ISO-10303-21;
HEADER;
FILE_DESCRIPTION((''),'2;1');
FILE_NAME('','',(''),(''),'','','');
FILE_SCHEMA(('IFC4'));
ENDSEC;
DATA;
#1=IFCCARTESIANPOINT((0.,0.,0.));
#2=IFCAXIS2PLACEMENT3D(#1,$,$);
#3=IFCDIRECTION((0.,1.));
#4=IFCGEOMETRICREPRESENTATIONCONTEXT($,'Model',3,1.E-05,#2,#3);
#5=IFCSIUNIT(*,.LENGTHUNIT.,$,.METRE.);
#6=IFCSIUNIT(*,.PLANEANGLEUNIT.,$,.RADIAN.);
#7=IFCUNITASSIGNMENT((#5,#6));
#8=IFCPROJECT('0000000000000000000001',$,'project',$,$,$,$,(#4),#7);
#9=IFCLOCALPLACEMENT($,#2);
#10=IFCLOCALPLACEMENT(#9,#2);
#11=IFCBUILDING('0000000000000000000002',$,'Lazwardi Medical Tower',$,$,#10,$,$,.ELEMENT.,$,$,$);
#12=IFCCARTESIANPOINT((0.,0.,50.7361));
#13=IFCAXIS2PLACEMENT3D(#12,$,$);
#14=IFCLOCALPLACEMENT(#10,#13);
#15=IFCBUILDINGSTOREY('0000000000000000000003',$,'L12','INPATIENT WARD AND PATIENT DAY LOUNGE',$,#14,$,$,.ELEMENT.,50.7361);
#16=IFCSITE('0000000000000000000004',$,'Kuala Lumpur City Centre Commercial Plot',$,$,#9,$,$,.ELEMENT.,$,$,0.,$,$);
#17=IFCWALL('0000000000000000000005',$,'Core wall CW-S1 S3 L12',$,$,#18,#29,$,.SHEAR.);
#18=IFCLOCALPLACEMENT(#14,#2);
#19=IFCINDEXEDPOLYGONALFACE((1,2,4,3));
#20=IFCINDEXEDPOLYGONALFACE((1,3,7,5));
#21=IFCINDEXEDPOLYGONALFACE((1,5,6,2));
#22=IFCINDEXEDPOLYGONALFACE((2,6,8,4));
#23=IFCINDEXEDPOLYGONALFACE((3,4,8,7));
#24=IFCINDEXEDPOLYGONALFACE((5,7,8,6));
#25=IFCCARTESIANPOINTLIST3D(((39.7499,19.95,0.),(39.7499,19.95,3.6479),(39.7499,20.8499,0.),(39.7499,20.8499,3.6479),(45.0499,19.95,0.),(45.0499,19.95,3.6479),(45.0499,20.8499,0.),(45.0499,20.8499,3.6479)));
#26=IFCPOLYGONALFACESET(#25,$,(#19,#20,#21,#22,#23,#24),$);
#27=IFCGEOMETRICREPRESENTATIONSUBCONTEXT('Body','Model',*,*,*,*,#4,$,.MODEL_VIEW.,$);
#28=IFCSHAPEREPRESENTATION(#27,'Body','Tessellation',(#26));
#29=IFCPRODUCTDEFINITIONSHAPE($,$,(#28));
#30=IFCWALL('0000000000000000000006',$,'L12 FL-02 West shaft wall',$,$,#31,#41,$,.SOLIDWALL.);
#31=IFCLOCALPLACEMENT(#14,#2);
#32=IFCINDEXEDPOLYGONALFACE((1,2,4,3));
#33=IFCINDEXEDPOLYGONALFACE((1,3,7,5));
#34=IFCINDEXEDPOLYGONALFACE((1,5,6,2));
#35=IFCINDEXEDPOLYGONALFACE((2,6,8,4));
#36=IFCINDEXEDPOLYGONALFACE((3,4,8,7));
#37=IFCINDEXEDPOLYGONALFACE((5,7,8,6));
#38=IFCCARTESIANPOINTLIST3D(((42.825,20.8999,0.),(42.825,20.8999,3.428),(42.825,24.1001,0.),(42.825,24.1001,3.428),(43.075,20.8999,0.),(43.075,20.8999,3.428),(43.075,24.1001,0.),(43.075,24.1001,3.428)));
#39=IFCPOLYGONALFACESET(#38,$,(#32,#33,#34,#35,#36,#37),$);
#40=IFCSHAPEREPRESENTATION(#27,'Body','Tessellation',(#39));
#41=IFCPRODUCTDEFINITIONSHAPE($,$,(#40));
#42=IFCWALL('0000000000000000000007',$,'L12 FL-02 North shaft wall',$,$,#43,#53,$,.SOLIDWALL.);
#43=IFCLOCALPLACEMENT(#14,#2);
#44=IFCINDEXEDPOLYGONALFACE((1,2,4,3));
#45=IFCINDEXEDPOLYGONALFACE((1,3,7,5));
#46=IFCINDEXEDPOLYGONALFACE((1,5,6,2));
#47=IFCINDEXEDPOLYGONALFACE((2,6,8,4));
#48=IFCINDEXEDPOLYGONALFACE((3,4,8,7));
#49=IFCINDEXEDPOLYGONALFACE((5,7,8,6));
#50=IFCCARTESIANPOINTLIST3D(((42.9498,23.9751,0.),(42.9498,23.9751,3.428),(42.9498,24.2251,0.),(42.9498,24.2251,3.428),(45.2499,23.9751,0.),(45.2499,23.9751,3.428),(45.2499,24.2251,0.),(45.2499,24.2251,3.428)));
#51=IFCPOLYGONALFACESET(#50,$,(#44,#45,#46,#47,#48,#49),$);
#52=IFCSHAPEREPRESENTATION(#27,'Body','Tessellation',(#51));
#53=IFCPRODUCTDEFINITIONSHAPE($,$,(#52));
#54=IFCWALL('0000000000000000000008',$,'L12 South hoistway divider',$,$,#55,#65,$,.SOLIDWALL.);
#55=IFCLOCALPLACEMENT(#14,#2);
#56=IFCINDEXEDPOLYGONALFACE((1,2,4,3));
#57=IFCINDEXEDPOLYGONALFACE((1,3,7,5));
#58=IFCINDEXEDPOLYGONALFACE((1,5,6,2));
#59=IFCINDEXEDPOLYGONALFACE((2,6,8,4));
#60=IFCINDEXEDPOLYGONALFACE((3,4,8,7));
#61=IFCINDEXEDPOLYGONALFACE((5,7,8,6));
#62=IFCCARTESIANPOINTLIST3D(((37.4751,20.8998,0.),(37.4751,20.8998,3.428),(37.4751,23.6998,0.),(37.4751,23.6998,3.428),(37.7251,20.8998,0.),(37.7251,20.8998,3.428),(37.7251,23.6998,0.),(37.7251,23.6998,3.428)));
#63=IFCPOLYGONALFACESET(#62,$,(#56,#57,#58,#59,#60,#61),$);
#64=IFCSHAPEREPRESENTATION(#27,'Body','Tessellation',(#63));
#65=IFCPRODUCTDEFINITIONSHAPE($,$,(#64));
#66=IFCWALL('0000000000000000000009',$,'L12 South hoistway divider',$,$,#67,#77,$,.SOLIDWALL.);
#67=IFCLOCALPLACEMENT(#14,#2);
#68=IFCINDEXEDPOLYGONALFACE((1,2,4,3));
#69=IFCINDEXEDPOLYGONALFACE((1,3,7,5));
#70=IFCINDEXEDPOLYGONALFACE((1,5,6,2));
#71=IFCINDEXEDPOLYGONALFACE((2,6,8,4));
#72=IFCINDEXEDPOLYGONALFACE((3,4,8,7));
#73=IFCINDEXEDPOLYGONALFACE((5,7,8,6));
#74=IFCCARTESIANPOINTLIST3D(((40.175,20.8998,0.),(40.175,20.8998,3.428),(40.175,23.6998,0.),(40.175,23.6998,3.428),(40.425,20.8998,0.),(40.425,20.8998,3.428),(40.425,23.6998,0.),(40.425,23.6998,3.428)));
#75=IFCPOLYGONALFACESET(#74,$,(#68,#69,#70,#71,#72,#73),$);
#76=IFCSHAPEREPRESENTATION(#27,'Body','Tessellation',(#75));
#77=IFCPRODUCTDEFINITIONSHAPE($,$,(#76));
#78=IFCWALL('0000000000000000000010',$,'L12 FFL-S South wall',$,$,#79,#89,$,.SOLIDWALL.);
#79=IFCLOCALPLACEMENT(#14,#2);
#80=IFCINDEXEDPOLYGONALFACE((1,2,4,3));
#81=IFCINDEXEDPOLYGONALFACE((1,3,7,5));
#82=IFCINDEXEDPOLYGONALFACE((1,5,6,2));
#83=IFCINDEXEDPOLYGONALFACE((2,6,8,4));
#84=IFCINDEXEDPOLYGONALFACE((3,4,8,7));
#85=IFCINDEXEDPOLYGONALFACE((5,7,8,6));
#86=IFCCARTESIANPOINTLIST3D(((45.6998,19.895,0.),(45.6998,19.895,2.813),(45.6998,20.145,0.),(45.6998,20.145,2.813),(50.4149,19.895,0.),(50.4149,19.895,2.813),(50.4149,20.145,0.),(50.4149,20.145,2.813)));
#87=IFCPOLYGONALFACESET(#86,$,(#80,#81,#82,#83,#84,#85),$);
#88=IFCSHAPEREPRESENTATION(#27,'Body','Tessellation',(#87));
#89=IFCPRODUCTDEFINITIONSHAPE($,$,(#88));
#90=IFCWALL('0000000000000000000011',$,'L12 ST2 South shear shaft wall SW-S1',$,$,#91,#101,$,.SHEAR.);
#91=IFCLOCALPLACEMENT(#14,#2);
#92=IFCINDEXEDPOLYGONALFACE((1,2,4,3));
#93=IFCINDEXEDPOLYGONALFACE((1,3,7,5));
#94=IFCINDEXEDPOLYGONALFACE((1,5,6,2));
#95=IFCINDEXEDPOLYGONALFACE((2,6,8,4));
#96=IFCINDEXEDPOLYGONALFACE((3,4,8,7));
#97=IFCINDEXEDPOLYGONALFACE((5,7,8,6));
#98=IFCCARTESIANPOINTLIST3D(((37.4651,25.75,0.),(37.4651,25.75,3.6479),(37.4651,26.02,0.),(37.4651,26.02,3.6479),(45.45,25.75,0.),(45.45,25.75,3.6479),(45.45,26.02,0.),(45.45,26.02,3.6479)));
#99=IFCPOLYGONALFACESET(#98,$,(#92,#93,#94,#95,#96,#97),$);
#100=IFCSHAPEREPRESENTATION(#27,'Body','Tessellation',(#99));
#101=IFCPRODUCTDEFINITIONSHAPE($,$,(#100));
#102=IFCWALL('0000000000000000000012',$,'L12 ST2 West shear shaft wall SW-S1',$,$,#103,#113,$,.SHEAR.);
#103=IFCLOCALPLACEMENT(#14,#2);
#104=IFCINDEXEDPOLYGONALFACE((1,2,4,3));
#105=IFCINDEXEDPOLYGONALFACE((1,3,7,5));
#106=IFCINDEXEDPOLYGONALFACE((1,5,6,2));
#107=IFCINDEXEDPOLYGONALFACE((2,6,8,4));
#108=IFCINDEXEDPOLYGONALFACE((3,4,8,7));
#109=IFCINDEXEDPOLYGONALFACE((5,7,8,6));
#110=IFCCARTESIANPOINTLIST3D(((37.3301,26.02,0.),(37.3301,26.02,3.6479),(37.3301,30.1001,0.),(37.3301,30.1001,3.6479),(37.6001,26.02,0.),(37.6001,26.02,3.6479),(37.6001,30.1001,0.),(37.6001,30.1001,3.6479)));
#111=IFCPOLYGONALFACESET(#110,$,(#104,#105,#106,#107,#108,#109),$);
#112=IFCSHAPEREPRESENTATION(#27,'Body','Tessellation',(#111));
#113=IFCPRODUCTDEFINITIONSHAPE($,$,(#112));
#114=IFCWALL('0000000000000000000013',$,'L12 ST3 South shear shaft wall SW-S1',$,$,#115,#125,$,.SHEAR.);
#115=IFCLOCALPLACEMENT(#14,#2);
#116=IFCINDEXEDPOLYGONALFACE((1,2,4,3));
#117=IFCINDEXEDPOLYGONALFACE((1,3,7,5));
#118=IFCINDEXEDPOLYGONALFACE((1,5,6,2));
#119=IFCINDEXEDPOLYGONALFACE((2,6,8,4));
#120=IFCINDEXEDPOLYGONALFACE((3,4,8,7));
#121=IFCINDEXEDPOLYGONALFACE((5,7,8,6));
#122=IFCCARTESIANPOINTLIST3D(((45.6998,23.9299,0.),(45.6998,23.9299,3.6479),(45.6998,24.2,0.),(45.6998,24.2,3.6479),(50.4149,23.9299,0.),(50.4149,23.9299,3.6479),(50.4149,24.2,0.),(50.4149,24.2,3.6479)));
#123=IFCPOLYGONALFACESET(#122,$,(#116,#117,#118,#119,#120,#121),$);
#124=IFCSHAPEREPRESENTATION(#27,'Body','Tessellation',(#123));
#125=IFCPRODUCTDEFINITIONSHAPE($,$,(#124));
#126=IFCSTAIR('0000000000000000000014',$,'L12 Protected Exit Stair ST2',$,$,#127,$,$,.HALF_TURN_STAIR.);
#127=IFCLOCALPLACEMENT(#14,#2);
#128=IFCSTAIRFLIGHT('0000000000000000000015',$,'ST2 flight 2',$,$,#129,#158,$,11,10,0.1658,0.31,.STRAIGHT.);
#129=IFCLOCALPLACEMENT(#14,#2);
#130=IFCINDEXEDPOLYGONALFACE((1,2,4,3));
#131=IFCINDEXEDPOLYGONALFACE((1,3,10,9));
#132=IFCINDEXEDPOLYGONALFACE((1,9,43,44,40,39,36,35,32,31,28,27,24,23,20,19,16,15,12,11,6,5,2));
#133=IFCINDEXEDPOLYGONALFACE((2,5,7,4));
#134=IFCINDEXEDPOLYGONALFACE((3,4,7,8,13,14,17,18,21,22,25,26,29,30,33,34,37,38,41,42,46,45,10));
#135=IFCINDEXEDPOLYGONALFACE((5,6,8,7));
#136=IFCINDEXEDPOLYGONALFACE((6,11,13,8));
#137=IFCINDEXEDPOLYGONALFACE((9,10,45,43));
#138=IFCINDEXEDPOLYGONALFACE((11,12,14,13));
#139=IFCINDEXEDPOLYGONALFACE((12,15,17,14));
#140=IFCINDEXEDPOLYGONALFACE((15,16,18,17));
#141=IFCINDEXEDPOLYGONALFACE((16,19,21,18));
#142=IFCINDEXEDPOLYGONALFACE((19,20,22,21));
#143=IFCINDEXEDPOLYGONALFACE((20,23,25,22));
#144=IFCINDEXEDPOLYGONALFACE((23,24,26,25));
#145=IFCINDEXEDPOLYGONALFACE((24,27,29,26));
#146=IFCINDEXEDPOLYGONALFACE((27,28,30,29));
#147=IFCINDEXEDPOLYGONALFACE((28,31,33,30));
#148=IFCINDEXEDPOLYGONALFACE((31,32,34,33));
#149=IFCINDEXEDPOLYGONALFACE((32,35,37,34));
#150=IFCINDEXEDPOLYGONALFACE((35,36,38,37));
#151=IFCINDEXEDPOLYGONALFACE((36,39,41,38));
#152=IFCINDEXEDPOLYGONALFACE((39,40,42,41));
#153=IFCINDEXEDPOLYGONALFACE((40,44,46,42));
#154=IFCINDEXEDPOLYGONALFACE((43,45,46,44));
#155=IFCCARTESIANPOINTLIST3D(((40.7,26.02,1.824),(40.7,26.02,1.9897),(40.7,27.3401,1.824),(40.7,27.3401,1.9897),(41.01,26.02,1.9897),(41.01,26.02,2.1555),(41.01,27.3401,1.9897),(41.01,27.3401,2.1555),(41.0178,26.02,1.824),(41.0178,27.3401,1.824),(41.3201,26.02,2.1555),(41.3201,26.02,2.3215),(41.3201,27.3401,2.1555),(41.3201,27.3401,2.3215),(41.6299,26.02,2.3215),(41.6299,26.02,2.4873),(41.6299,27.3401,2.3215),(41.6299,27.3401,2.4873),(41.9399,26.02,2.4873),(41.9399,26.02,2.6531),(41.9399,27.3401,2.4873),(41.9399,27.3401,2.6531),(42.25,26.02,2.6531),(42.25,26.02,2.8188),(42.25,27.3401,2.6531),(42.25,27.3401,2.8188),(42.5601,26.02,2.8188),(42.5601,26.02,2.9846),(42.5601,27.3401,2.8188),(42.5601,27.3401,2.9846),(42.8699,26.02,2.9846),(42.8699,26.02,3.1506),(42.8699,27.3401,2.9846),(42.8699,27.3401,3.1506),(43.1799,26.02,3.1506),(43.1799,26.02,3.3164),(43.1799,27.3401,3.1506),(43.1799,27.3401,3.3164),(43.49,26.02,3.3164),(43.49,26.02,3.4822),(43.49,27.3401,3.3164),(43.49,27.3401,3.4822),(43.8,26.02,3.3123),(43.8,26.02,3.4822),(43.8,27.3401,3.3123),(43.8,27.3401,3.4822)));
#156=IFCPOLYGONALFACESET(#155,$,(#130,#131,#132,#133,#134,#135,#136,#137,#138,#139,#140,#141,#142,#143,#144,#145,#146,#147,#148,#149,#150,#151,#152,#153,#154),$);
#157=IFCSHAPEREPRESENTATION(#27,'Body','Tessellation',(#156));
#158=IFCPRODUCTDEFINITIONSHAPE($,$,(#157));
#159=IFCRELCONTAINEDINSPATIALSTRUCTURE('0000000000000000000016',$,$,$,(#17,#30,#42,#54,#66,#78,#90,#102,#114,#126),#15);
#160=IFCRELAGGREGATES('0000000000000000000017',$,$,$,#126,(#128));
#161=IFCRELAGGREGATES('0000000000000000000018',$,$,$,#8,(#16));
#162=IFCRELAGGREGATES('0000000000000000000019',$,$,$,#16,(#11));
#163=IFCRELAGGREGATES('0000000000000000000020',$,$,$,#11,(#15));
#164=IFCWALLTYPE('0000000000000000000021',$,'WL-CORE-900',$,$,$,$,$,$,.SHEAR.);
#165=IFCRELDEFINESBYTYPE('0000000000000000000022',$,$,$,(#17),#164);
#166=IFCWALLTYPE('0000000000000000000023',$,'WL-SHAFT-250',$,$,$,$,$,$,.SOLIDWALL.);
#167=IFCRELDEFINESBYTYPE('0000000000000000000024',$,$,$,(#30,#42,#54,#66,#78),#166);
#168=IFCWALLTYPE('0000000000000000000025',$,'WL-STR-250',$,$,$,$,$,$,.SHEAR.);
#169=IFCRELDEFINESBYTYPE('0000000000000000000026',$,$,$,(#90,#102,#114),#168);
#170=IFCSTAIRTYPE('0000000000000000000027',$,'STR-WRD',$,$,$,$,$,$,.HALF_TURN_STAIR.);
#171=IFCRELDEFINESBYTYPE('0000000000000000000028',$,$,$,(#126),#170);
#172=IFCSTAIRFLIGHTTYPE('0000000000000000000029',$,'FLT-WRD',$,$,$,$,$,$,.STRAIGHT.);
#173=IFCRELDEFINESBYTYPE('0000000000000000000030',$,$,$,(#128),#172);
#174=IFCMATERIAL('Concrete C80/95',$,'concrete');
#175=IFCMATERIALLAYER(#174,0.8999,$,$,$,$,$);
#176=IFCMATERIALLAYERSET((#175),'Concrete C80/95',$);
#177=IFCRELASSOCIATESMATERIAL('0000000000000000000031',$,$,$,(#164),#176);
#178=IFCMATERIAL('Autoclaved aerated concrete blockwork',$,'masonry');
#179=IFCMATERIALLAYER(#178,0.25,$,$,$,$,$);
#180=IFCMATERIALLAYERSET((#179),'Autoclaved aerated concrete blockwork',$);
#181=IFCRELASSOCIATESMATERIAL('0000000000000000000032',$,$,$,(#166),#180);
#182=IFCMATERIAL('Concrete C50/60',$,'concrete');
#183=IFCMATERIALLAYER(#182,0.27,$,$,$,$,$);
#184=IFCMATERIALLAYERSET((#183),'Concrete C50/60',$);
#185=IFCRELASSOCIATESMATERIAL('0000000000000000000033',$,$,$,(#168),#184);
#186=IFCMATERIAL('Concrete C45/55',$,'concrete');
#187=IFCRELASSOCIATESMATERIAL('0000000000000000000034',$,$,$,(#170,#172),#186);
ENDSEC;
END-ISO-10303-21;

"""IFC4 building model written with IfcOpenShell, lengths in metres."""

from ifc_helpers import new_model, si_unit, direction, frame, frame_2d, origin, place, context, subcontext, project, spatial, polyline, rectangle, outline, extrude, material, layer, layer_set, type_object, element, aggregate, save


model = new_model("IFC4")

# Units and contexts
model_context = context("Model", 3, precision=1e-05, world=origin(), true_north=direction((0.0, 1.0)))
body_context = subcontext(model_context, "Body", "Model", "MODEL_VIEW")
ifc_project = project(units=[si_unit("LENGTHUNIT", "METRE"), si_unit("PLANEANGLEUNIT", "RADIAN")], contexts=[model_context])

# Site, building, storey
site_placement = place(None, origin())
site = spatial("IfcSite", under=ifc_project, at=site_placement, Name="Kuala Lumpur City Centre Commercial Plot", CompositionType="ELEMENT", RefElevation=0.0)
building_placement = place(site_placement, origin())
building = spatial("IfcBuilding", under=site, at=building_placement, Name="Lazwardi Medical Tower", CompositionType="ELEMENT")
storey_placement = place(building_placement, frame((0.0, 0.0, 50.7361)))
storey = spatial("IfcBuildingStorey", under=building, at=storey_placement, Name="L12", Description="INPATIENT WARD AND PATIENT DAY LOUNGE", CompositionType="ELEMENT", Elevation=50.7361)

# Shared definitions
ifc_material_1 = material(Name="Concrete C80/95", Category="concrete")

# Shared definitions
ifc_layer_1 = layer(ifc_material_1, 0.8999)
ifc_layer_set_1 = layer_set([ifc_layer_1], Name="Concrete C80/95")
wall_type_1 = type_object("IfcWallType", Name="WL-CORE-900", PredefinedType="SHEAR", material=ifc_layer_set_1)

# Walls
wall_1_placement = place(storey_placement, frame((39.75, 20.3999, 0.0), z_axis=(0.0, 0.0, 1.0), x_axis=(1.0, 0.0, 0.0)))
element("IfcWall", 1, at=wall_1_placement, inside=storey, type_object=wall_type_1, Name="Core wall CW-S1 S3 L12", PredefinedType="SHEAR", context=body_context, shape_type="SweptSolid", body=[
    extrude(rectangle(XDim=5.3, YDim=0.8999, at=frame_2d((2.6499, 0.0))), origin(), (0.0, 0.0, 1.0), 3.6479),
])
ifc_material_2 = material(Name="Autoclaved aerated concrete blockwork", Category="masonry")
ifc_layer_2 = layer(ifc_material_2, 0.25)
ifc_layer_set_2 = layer_set([ifc_layer_2], Name="Autoclaved aerated concrete blockwork")
wall_type_2 = type_object("IfcWallType", Name="WL-SHAFT-250", PredefinedType="SOLIDWALL", material=ifc_layer_set_2)
wall_2_placement = place(storey_placement, frame((42.95, 20.8999, 0.0), z_axis=(0.0, 0.0, 1.0), x_axis=(0.0, 1.0, 0.0)))
element("IfcWall", 2, at=wall_2_placement, inside=storey, type_object=wall_type_2, Name="L12 FL-02 West shaft wall", PredefinedType="SOLIDWALL", context=body_context, shape_type="SweptSolid", body=[
    extrude(rectangle(XDim=3.2002, YDim=0.25, at=frame_2d((1.6001, 0.0))), origin(), (0.0, 0.0, 1.0), 3.428),
])
wall_3_placement = place(storey_placement, frame((42.95, 24.1001, 0.0), z_axis=(0.0, 0.0, 1.0), x_axis=(1.0, 0.0, 0.0)))
element("IfcWall", 3, at=wall_3_placement, inside=storey, type_object=wall_type_2, Name="L12 FL-02 North shaft wall", PredefinedType="SOLIDWALL", context=body_context, shape_type="SweptSolid", body=[
    extrude(rectangle(XDim=2.3, YDim=0.25, at=frame_2d((1.1499, 0.0))), origin(), (0.0, 0.0, 1.0), 3.428),
])
for number, where, z_axis, x_axis, name in (
    (4, (37.6001, 20.8999, 0.0), (0.0, 0.0, 1.0), (0.0, 1.0, 0.0), "L12 South hoistway divider"),
    (5, (40.3, 20.8999, 0.0), (0.0, 0.0, 1.0), (0.0, 1.0, 0.0), "L12 South hoistway divider"),
):
    element("IfcWall", number, at=place(storey_placement, frame(where, z_axis=z_axis, x_axis=x_axis)), inside=storey, type_object=wall_type_2, Name=name, PredefinedType="SOLIDWALL", context=body_context, shape_type="SweptSolid", body=[
        extrude(rectangle(XDim=2.8, YDim=0.25, at=frame_2d((1.3999, 0.0))), origin(), (0.0, 0.0, 1.0), 3.428),
    ])
wall_4_placement = place(storey_placement, frame((45.7, 20.02, 0.0), z_axis=(0.0, 0.0, 1.0), x_axis=(1.0, 0.0, 0.0)))
element("IfcWall", 6, at=wall_4_placement, inside=storey, type_object=wall_type_2, Name="L12 FFL-S South wall", PredefinedType="SOLIDWALL", context=body_context, shape_type="SweptSolid", body=[
    extrude(rectangle(XDim=4.7151, YDim=0.25, at=frame_2d((2.3574, 0.0))), origin(), (0.0, 0.0, 1.0), 2.813),
])
ifc_material_3 = material(Name="Concrete C50/60", Category="concrete")
ifc_layer_3 = layer(ifc_material_3, 0.27)
ifc_layer_set_3 = layer_set([ifc_layer_3], Name="Concrete C50/60")
wall_type_3 = type_object("IfcWallType", Name="WL-STR-250", PredefinedType="SHEAR", material=ifc_layer_set_3)
wall_5_placement = place(storey_placement, frame((37.4651, 25.885, 0.0), z_axis=(0.0, 0.0, 1.0), x_axis=(1.0, 0.0, 0.0)))
element("IfcWall", 7, at=wall_5_placement, inside=storey, type_object=wall_type_3, Name="L12 ST2 South shear shaft wall SW-S1", PredefinedType="SHEAR", context=body_context, shape_type="SweptSolid", body=[
    extrude(rectangle(XDim=7.9849, YDim=0.27, at=frame_2d((3.9924, 0.0))), origin(), (0.0, 0.0, 1.0), 3.6479),
])
wall_6_placement = place(storey_placement, frame((37.4651, 26.02, 0.0), z_axis=(0.0, 0.0, 1.0), x_axis=(0.0, 1.0, 0.0)))
element("IfcWall", 8, at=wall_6_placement, inside=storey, type_object=wall_type_3, Name="L12 ST2 West shear shaft wall SW-S1", PredefinedType="SHEAR", context=body_context, shape_type="SweptSolid", body=[
    extrude(rectangle(XDim=4.0801, YDim=0.27, at=frame_2d((2.04, 0.0))), origin(), (0.0, 0.0, 1.0), 3.6479),
])
wall_7_placement = place(storey_placement, frame((45.7, 24.0649, 0.0), z_axis=(0.0, 0.0, 1.0), x_axis=(1.0, 0.0, 0.0)))
element("IfcWall", 9, at=wall_7_placement, inside=storey, type_object=wall_type_3, Name="L12 ST3 South shear shaft wall SW-S1", PredefinedType="SHEAR", context=body_context, shape_type="SweptSolid", body=[
    extrude(rectangle(XDim=4.7151, YDim=0.27, at=frame_2d((2.3574, 0.0))), origin(), (0.0, 0.0, 1.0), 3.6479),
])

# Stair, stair flight
ifc_material_4 = material(Name="Concrete C45/55", Category="concrete")
stair_type = type_object("IfcStairType", Name="STR-WRD", PredefinedType="HALF_TURN_STAIR", material=ifc_material_4)
stair_placement = place(storey_placement, origin())
stair = element("IfcStair", 10, at=stair_placement, inside=storey, type_object=stair_type, Name="L12 Protected Exit Stair ST2", PredefinedType="HALF_TURN_STAIR")
stair_flight_type = type_object("IfcStairFlightType", Name="FLT-WRD", PredefinedType="STRAIGHT", material=ifc_material_4)
stair_flight_placement = place(storey_placement, frame((40.7, 26.6799, 1.824), z_axis=(0.0, 0.0, 1.0), x_axis=(1.0, 0.0, 0.0)))
stair_flight = element("IfcStairFlight", 11, at=stair_flight_placement, type_object=stair_flight_type, Name="ST2 flight 2", NumberOfRisers=11, NumberOfTreads=10, PredefinedType="STRAIGHT", RiserHeight=0.1658, TreadLength=0.31, context=body_context, shape_type="SweptSolid", body=[
    extrude(outline(polyline([(0.0, 0.0), (0.0, 0.1658), (0.3101, 0.1658), (0.3101, 0.3315), (0.6201, 0.3315), (0.6201, 0.4976), (0.9299, 0.4976), (0.9299, 0.6633), (1.24, 0.6633), (1.24, 0.8291), (1.55, 0.8291), (1.55, 0.9949), (1.8601, 0.9949), (1.8601, 1.1606), (2.1699, 1.1606), (2.1699, 1.3267), (2.48, 1.3267), (2.48, 1.4924), (2.79, 1.4924), (2.79, 1.6582), (3.1001, 1.6582), (3.1001, 1.824), (3.1001, 1.4883), (0.3179, 0.0), (0.0, 0.0)])), frame((0.0, 0.6602, 0.0), z_axis=(0.0, -1.0, 0.0), x_axis=(1.0, 0.0, 0.0)), (0.0, 0.0, 1.0), 1.3201),
])
aggregate(stair, [stair_flight])

save(model, "model.ifc")
